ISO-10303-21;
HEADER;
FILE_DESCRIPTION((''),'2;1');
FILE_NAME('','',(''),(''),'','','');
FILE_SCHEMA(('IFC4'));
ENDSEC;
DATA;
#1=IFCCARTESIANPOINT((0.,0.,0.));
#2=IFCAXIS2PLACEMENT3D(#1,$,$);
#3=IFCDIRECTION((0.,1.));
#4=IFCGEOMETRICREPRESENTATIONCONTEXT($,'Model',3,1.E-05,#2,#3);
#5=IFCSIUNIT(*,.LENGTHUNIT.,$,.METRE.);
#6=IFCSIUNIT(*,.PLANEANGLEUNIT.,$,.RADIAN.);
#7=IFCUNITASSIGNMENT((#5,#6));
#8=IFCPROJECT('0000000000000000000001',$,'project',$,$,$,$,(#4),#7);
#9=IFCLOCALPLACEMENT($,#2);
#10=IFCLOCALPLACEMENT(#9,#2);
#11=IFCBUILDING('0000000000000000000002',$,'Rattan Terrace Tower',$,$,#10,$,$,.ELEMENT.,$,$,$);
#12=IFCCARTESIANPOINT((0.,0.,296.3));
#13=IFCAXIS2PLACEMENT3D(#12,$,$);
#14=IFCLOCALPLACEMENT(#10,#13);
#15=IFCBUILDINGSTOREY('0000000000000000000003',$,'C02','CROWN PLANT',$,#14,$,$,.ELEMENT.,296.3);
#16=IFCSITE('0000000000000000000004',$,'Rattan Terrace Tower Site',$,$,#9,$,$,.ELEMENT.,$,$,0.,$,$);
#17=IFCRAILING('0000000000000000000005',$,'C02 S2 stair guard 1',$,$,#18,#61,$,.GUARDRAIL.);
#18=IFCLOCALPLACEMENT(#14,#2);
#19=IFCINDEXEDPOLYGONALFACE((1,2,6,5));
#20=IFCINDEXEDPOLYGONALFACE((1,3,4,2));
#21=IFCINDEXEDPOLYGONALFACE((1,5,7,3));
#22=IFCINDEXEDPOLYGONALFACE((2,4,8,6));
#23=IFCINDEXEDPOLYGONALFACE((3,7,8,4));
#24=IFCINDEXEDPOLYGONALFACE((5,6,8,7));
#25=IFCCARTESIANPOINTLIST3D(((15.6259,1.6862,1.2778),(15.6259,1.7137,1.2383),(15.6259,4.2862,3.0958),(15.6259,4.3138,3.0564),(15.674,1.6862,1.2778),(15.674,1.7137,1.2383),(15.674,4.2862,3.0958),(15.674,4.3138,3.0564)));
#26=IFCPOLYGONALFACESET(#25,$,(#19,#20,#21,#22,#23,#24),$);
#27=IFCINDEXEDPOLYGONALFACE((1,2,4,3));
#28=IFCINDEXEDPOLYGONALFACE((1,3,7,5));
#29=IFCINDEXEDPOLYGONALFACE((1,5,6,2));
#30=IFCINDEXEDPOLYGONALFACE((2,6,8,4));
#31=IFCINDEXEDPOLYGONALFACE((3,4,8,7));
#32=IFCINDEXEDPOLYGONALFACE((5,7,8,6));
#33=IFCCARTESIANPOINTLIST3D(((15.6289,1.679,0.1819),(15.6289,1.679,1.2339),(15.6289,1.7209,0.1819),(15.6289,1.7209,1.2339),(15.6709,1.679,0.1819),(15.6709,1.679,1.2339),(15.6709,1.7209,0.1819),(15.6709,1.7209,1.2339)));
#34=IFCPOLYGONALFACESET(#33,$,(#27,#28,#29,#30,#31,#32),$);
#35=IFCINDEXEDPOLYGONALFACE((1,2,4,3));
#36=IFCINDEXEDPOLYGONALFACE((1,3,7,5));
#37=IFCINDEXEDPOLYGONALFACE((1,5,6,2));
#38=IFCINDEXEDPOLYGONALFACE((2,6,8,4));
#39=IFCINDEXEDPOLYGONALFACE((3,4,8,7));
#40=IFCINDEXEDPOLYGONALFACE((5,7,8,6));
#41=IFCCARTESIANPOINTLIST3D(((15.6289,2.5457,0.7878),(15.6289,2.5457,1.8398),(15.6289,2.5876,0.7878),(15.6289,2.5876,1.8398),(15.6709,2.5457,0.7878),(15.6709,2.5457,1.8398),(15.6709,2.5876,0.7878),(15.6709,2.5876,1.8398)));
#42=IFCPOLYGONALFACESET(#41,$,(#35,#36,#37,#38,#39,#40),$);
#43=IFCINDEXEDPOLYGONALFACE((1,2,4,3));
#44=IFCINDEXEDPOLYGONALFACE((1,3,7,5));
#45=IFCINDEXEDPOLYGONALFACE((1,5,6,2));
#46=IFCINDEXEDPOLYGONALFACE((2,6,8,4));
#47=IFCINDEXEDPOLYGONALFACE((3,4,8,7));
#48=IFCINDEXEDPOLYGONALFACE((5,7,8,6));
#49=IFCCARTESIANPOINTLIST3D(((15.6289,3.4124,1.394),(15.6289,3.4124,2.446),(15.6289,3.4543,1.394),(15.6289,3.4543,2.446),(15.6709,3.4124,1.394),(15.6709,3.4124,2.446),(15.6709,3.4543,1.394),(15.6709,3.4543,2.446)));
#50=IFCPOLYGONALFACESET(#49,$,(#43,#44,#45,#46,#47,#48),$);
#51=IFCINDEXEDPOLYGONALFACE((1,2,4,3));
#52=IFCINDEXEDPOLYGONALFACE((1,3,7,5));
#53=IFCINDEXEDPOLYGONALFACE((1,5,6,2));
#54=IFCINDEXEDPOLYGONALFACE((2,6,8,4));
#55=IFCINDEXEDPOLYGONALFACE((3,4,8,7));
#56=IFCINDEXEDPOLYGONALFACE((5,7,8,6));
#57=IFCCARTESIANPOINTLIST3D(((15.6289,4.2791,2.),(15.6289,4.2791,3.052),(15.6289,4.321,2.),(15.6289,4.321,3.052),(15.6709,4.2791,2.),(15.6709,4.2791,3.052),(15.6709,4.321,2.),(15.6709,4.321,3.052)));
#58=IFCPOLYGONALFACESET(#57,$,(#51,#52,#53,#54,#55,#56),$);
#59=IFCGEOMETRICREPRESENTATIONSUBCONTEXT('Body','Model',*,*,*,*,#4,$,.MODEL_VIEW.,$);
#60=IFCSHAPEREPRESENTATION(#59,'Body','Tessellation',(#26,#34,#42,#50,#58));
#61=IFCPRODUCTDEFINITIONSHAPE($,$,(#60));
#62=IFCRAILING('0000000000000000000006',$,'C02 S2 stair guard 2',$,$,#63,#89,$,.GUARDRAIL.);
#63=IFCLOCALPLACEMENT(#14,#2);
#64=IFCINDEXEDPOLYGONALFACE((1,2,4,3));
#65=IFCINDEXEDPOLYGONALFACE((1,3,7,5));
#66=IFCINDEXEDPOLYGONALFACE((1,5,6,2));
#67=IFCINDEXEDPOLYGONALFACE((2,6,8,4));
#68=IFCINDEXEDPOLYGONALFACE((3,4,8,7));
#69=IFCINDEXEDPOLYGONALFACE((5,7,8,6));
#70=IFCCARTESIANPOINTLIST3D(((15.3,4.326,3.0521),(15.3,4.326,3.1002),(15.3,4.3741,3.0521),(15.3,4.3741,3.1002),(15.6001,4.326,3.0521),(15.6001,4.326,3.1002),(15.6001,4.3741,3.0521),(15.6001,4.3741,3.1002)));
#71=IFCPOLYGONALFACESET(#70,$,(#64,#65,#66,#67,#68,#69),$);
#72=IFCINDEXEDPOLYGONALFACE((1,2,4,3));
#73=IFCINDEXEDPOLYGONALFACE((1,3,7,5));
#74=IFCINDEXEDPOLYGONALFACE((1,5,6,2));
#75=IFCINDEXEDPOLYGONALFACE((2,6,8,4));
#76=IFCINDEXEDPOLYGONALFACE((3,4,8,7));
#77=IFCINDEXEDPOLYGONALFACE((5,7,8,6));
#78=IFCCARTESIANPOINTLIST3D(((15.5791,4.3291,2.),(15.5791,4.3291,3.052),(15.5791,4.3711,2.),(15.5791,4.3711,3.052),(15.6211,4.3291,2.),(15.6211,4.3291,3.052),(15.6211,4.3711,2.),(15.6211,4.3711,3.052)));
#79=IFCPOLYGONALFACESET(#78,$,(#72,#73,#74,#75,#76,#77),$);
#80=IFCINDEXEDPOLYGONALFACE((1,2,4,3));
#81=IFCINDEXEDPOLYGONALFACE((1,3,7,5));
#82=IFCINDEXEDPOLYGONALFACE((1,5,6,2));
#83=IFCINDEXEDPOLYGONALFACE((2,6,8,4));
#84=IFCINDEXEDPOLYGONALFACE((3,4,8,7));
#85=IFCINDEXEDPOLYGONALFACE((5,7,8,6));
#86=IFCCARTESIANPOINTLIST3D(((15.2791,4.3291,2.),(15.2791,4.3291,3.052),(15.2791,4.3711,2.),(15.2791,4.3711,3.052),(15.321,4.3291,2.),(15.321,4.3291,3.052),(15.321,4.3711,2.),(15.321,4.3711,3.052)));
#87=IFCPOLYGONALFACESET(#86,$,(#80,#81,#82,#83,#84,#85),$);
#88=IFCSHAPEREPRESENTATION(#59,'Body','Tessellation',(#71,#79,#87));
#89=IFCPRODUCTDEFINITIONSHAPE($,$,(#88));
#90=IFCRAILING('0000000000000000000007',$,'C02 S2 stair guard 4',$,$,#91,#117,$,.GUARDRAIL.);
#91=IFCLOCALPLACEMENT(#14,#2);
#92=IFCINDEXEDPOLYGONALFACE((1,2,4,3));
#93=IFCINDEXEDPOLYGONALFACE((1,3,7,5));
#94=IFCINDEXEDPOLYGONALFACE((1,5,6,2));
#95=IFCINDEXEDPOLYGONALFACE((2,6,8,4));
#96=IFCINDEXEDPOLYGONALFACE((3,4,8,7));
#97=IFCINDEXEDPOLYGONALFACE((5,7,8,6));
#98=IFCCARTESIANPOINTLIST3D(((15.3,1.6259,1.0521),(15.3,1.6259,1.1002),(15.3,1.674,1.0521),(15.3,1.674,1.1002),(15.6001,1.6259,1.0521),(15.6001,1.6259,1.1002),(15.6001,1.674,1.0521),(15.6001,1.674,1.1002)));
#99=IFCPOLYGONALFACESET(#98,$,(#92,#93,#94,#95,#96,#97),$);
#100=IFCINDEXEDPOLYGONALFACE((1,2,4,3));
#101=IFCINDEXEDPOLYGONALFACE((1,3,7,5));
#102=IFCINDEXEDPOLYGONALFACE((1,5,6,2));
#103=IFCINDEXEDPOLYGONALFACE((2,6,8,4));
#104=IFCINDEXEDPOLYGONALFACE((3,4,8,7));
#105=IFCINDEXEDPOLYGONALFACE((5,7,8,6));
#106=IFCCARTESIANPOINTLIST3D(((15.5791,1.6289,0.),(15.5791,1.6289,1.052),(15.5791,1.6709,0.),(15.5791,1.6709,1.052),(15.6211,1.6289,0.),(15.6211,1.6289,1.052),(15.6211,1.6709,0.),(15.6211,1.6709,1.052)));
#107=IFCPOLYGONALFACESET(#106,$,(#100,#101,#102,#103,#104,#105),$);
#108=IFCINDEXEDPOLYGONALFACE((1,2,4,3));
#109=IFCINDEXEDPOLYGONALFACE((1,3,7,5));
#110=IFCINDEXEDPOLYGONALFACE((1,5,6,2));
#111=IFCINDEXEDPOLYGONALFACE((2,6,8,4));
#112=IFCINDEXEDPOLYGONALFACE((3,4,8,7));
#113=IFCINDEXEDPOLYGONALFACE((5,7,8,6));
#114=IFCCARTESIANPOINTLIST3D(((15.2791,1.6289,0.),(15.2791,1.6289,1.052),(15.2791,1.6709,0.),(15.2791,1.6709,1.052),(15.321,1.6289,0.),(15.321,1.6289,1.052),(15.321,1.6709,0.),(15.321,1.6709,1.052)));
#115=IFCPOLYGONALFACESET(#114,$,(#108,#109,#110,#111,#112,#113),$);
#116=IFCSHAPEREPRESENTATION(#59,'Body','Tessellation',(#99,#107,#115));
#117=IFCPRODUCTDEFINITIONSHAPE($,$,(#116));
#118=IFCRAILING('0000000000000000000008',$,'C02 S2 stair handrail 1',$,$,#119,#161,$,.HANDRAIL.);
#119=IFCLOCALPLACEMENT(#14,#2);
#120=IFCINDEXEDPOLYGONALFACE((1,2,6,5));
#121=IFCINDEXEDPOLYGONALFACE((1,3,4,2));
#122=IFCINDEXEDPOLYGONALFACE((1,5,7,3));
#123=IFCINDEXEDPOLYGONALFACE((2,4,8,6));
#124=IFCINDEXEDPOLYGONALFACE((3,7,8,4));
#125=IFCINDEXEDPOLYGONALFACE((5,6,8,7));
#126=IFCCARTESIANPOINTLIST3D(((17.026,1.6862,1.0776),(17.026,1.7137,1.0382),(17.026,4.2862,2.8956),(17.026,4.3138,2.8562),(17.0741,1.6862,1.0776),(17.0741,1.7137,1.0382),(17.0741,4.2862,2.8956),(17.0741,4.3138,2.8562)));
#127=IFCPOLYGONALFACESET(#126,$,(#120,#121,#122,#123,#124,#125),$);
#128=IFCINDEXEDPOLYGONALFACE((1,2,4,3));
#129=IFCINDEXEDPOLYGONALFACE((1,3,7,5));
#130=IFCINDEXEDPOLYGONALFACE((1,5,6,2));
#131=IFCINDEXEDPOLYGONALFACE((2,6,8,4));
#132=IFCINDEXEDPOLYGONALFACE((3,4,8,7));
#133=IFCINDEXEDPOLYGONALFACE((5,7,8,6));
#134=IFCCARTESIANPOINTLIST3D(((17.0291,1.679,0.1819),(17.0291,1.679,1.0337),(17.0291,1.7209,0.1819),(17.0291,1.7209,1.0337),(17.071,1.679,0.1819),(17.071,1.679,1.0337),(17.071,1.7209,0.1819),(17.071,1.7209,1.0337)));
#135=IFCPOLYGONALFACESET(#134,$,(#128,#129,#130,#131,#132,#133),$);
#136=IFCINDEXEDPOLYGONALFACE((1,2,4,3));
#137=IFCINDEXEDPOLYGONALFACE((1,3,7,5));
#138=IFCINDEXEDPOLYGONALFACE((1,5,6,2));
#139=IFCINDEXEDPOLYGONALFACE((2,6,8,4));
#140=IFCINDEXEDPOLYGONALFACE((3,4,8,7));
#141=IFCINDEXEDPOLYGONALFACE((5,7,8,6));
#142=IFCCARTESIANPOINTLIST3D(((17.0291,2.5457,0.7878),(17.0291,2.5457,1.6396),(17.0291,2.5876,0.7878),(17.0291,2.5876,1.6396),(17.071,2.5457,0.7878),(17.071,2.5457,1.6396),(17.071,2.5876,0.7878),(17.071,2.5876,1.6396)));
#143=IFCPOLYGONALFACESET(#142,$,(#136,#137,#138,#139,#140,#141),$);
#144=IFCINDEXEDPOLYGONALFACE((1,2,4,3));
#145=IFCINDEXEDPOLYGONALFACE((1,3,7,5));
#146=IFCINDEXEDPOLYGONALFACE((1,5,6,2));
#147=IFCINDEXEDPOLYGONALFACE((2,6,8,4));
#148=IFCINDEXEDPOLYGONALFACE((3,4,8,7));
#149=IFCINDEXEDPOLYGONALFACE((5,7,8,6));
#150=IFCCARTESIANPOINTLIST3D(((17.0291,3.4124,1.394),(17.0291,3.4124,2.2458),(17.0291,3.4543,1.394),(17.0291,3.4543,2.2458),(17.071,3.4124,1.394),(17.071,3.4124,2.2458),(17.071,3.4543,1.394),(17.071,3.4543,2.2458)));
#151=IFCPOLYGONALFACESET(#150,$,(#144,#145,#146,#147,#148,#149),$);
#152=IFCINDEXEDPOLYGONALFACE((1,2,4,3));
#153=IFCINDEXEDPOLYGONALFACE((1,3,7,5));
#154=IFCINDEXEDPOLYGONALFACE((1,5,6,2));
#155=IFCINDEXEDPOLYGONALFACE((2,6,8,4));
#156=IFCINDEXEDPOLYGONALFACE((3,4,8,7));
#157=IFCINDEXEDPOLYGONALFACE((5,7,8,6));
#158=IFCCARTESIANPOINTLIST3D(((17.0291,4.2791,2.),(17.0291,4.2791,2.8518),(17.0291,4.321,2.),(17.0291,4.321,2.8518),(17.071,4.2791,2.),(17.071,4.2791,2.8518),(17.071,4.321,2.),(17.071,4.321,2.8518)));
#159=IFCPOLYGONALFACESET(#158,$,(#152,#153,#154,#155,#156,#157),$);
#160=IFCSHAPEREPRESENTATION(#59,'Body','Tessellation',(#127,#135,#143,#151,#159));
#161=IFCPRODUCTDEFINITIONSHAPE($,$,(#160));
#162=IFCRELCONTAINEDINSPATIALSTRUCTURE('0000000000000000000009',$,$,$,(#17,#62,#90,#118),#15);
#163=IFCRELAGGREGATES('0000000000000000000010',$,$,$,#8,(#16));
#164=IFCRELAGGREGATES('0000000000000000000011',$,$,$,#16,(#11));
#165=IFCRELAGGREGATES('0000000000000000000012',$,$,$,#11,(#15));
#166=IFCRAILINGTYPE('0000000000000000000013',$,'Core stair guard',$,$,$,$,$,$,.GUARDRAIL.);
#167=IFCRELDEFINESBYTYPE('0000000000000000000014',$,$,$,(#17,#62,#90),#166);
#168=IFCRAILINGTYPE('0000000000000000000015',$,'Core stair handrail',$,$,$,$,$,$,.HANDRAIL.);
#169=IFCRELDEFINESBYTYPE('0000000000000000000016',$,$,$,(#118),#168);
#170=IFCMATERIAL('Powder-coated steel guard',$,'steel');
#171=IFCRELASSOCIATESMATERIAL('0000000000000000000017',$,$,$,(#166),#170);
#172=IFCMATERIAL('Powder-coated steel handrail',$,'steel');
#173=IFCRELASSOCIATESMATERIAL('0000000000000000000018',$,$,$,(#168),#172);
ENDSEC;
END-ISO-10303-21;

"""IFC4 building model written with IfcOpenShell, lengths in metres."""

from ifc_helpers import new_model, si_unit, direction, frame, origin, origin_2d, place, context, subcontext, project, spatial, rectangle, extrude, material, type_object, element, save


model = new_model("IFC4")

# Units and contexts
model_context = context("Model", 3, precision=1e-05, world=origin(), true_north=direction((0.0, 1.0)))
body_context = subcontext(model_context, "Body", "Model", "MODEL_VIEW")
ifc_project = project(units=[si_unit("LENGTHUNIT", "METRE"), si_unit("PLANEANGLEUNIT", "RADIAN")], contexts=[model_context])

# Site, building, storey
site_placement = place(None, origin())
site = spatial("IfcSite", under=ifc_project, at=site_placement, Name="Rattan Terrace Tower Site", CompositionType="ELEMENT", RefElevation=0.0)
building_placement = place(site_placement, origin())
building = spatial("IfcBuilding", under=site, at=building_placement, Name="Rattan Terrace Tower", CompositionType="ELEMENT")
storey_placement = place(building_placement, frame((0.0, 0.0, 296.3)))
storey = spatial("IfcBuildingStorey", under=building, at=storey_placement, Name="C02", Description="CROWN PLANT", CompositionType="ELEMENT", Elevation=296.3)

# Railings
ifc_material_1 = material(Name="Powder-coated steel guard", Category="steel")
railing_type_1 = type_object("IfcRailingType", Name="Core stair guard", PredefinedType="GUARDRAIL", material=ifc_material_1)
railing_1_placement = place(storey_placement, frame((15.6499, 1.7, 0.1819)))
element("IfcRailing", 1, at=railing_1_placement, inside=storey, type_object=railing_type_1, Name="C02 S2 stair guard 1", PredefinedType="GUARDRAIL", context=body_context, shape_type="SweptSolid", body=[
    extrude(rectangle(XDim=0.0481, YDim=0.0481, at=origin_2d()), frame((0.0, 0.0, 1.0762), z_axis=(0.0, 0.819521, 0.573049), x_axis=(-1.0, 0.0, 0.0)), (0.0, 0.0, 1.0), 3.1726),
    extrude(rectangle(XDim=0.042, YDim=0.042, at=origin_2d()), origin(), (0.0, 0.0, 1.0), 1.052),
    extrude(rectangle(XDim=0.042, YDim=0.042, at=origin_2d()), frame((0.0, 0.8667, 0.606)), (0.0, 0.0, 1.0), 1.052),
    extrude(rectangle(XDim=0.042, YDim=0.042, at=origin_2d()), frame((0.0, 1.7334, 1.2122)), (0.0, 0.0, 1.0), 1.052),
    extrude(rectangle(XDim=0.042, YDim=0.042, at=origin_2d()), frame((0.0, 2.6001, 1.8181)), (0.0, 0.0, 1.0), 1.052),
])
for number, where, name in (
    (2, (15.6001, 4.3501, 2.0), "C02 S2 stair guard 2"),
    (3, (15.6001, 1.6499, 0.0), "C02 S2 stair guard 4"),
):
    element("IfcRailing", number, at=place(storey_placement, frame(where)), inside=storey, type_object=railing_type_1, Name=name, PredefinedType="GUARDRAIL", context=body_context, shape_type="SweptSolid", body=[
        extrude(rectangle(XDim=0.0481, YDim=0.0481, at=origin_2d()), frame((0.0, 0.0, 1.0762), z_axis=(-1.0, 0.0, 0.0), x_axis=(0.0, -1.0, 0.0)), (0.0, 0.0, 1.0), 0.3),
        extrude(rectangle(XDim=0.042, YDim=0.042, at=origin_2d()), origin(), (0.0, 0.0, 1.0), 1.052),
        extrude(rectangle(XDim=0.042, YDim=0.042, at=origin_2d()), frame((-0.3, 0.0, 0.0)), (0.0, 0.0, 1.0), 1.052),
    ])
ifc_material_2 = material(Name="Powder-coated steel handrail", Category="steel")
railing_type_2 = type_object("IfcRailingType", Name="Core stair handrail", PredefinedType="HANDRAIL", material=ifc_material_2)
railing_2_placement = place(storey_placement, frame((17.05, 1.7, 0.1819)))
element("IfcRailing", 4, at=railing_2_placement, inside=storey, type_object=railing_type_2, Name="C02 S2 stair handrail 1", PredefinedType="HANDRAIL", context=body_context, shape_type="SweptSolid", body=[
    extrude(rectangle(XDim=0.0481, YDim=0.0481, at=origin_2d()), frame((0.0, 0.0, 0.876), z_axis=(0.0, 0.819521, 0.573049), x_axis=(-1.0, 0.0, 0.0)), (0.0, 0.0, 1.0), 3.1726),
    extrude(rectangle(XDim=0.042, YDim=0.042, at=origin_2d()), origin(), (0.0, 0.0, 1.0), 0.8518),
    extrude(rectangle(XDim=0.042, YDim=0.042, at=origin_2d()), frame((0.0, 0.8667, 0.606)), (0.0, 0.0, 1.0), 0.8518),
    extrude(rectangle(XDim=0.042, YDim=0.042, at=origin_2d()), frame((0.0, 1.7334, 1.2122)), (0.0, 0.0, 1.0), 0.8518),
    extrude(rectangle(XDim=0.042, YDim=0.042, at=origin_2d()), frame((0.0, 2.6001, 1.8181)), (0.0, 0.0, 1.0), 0.8518),
])

save(model, "model.ifc")
